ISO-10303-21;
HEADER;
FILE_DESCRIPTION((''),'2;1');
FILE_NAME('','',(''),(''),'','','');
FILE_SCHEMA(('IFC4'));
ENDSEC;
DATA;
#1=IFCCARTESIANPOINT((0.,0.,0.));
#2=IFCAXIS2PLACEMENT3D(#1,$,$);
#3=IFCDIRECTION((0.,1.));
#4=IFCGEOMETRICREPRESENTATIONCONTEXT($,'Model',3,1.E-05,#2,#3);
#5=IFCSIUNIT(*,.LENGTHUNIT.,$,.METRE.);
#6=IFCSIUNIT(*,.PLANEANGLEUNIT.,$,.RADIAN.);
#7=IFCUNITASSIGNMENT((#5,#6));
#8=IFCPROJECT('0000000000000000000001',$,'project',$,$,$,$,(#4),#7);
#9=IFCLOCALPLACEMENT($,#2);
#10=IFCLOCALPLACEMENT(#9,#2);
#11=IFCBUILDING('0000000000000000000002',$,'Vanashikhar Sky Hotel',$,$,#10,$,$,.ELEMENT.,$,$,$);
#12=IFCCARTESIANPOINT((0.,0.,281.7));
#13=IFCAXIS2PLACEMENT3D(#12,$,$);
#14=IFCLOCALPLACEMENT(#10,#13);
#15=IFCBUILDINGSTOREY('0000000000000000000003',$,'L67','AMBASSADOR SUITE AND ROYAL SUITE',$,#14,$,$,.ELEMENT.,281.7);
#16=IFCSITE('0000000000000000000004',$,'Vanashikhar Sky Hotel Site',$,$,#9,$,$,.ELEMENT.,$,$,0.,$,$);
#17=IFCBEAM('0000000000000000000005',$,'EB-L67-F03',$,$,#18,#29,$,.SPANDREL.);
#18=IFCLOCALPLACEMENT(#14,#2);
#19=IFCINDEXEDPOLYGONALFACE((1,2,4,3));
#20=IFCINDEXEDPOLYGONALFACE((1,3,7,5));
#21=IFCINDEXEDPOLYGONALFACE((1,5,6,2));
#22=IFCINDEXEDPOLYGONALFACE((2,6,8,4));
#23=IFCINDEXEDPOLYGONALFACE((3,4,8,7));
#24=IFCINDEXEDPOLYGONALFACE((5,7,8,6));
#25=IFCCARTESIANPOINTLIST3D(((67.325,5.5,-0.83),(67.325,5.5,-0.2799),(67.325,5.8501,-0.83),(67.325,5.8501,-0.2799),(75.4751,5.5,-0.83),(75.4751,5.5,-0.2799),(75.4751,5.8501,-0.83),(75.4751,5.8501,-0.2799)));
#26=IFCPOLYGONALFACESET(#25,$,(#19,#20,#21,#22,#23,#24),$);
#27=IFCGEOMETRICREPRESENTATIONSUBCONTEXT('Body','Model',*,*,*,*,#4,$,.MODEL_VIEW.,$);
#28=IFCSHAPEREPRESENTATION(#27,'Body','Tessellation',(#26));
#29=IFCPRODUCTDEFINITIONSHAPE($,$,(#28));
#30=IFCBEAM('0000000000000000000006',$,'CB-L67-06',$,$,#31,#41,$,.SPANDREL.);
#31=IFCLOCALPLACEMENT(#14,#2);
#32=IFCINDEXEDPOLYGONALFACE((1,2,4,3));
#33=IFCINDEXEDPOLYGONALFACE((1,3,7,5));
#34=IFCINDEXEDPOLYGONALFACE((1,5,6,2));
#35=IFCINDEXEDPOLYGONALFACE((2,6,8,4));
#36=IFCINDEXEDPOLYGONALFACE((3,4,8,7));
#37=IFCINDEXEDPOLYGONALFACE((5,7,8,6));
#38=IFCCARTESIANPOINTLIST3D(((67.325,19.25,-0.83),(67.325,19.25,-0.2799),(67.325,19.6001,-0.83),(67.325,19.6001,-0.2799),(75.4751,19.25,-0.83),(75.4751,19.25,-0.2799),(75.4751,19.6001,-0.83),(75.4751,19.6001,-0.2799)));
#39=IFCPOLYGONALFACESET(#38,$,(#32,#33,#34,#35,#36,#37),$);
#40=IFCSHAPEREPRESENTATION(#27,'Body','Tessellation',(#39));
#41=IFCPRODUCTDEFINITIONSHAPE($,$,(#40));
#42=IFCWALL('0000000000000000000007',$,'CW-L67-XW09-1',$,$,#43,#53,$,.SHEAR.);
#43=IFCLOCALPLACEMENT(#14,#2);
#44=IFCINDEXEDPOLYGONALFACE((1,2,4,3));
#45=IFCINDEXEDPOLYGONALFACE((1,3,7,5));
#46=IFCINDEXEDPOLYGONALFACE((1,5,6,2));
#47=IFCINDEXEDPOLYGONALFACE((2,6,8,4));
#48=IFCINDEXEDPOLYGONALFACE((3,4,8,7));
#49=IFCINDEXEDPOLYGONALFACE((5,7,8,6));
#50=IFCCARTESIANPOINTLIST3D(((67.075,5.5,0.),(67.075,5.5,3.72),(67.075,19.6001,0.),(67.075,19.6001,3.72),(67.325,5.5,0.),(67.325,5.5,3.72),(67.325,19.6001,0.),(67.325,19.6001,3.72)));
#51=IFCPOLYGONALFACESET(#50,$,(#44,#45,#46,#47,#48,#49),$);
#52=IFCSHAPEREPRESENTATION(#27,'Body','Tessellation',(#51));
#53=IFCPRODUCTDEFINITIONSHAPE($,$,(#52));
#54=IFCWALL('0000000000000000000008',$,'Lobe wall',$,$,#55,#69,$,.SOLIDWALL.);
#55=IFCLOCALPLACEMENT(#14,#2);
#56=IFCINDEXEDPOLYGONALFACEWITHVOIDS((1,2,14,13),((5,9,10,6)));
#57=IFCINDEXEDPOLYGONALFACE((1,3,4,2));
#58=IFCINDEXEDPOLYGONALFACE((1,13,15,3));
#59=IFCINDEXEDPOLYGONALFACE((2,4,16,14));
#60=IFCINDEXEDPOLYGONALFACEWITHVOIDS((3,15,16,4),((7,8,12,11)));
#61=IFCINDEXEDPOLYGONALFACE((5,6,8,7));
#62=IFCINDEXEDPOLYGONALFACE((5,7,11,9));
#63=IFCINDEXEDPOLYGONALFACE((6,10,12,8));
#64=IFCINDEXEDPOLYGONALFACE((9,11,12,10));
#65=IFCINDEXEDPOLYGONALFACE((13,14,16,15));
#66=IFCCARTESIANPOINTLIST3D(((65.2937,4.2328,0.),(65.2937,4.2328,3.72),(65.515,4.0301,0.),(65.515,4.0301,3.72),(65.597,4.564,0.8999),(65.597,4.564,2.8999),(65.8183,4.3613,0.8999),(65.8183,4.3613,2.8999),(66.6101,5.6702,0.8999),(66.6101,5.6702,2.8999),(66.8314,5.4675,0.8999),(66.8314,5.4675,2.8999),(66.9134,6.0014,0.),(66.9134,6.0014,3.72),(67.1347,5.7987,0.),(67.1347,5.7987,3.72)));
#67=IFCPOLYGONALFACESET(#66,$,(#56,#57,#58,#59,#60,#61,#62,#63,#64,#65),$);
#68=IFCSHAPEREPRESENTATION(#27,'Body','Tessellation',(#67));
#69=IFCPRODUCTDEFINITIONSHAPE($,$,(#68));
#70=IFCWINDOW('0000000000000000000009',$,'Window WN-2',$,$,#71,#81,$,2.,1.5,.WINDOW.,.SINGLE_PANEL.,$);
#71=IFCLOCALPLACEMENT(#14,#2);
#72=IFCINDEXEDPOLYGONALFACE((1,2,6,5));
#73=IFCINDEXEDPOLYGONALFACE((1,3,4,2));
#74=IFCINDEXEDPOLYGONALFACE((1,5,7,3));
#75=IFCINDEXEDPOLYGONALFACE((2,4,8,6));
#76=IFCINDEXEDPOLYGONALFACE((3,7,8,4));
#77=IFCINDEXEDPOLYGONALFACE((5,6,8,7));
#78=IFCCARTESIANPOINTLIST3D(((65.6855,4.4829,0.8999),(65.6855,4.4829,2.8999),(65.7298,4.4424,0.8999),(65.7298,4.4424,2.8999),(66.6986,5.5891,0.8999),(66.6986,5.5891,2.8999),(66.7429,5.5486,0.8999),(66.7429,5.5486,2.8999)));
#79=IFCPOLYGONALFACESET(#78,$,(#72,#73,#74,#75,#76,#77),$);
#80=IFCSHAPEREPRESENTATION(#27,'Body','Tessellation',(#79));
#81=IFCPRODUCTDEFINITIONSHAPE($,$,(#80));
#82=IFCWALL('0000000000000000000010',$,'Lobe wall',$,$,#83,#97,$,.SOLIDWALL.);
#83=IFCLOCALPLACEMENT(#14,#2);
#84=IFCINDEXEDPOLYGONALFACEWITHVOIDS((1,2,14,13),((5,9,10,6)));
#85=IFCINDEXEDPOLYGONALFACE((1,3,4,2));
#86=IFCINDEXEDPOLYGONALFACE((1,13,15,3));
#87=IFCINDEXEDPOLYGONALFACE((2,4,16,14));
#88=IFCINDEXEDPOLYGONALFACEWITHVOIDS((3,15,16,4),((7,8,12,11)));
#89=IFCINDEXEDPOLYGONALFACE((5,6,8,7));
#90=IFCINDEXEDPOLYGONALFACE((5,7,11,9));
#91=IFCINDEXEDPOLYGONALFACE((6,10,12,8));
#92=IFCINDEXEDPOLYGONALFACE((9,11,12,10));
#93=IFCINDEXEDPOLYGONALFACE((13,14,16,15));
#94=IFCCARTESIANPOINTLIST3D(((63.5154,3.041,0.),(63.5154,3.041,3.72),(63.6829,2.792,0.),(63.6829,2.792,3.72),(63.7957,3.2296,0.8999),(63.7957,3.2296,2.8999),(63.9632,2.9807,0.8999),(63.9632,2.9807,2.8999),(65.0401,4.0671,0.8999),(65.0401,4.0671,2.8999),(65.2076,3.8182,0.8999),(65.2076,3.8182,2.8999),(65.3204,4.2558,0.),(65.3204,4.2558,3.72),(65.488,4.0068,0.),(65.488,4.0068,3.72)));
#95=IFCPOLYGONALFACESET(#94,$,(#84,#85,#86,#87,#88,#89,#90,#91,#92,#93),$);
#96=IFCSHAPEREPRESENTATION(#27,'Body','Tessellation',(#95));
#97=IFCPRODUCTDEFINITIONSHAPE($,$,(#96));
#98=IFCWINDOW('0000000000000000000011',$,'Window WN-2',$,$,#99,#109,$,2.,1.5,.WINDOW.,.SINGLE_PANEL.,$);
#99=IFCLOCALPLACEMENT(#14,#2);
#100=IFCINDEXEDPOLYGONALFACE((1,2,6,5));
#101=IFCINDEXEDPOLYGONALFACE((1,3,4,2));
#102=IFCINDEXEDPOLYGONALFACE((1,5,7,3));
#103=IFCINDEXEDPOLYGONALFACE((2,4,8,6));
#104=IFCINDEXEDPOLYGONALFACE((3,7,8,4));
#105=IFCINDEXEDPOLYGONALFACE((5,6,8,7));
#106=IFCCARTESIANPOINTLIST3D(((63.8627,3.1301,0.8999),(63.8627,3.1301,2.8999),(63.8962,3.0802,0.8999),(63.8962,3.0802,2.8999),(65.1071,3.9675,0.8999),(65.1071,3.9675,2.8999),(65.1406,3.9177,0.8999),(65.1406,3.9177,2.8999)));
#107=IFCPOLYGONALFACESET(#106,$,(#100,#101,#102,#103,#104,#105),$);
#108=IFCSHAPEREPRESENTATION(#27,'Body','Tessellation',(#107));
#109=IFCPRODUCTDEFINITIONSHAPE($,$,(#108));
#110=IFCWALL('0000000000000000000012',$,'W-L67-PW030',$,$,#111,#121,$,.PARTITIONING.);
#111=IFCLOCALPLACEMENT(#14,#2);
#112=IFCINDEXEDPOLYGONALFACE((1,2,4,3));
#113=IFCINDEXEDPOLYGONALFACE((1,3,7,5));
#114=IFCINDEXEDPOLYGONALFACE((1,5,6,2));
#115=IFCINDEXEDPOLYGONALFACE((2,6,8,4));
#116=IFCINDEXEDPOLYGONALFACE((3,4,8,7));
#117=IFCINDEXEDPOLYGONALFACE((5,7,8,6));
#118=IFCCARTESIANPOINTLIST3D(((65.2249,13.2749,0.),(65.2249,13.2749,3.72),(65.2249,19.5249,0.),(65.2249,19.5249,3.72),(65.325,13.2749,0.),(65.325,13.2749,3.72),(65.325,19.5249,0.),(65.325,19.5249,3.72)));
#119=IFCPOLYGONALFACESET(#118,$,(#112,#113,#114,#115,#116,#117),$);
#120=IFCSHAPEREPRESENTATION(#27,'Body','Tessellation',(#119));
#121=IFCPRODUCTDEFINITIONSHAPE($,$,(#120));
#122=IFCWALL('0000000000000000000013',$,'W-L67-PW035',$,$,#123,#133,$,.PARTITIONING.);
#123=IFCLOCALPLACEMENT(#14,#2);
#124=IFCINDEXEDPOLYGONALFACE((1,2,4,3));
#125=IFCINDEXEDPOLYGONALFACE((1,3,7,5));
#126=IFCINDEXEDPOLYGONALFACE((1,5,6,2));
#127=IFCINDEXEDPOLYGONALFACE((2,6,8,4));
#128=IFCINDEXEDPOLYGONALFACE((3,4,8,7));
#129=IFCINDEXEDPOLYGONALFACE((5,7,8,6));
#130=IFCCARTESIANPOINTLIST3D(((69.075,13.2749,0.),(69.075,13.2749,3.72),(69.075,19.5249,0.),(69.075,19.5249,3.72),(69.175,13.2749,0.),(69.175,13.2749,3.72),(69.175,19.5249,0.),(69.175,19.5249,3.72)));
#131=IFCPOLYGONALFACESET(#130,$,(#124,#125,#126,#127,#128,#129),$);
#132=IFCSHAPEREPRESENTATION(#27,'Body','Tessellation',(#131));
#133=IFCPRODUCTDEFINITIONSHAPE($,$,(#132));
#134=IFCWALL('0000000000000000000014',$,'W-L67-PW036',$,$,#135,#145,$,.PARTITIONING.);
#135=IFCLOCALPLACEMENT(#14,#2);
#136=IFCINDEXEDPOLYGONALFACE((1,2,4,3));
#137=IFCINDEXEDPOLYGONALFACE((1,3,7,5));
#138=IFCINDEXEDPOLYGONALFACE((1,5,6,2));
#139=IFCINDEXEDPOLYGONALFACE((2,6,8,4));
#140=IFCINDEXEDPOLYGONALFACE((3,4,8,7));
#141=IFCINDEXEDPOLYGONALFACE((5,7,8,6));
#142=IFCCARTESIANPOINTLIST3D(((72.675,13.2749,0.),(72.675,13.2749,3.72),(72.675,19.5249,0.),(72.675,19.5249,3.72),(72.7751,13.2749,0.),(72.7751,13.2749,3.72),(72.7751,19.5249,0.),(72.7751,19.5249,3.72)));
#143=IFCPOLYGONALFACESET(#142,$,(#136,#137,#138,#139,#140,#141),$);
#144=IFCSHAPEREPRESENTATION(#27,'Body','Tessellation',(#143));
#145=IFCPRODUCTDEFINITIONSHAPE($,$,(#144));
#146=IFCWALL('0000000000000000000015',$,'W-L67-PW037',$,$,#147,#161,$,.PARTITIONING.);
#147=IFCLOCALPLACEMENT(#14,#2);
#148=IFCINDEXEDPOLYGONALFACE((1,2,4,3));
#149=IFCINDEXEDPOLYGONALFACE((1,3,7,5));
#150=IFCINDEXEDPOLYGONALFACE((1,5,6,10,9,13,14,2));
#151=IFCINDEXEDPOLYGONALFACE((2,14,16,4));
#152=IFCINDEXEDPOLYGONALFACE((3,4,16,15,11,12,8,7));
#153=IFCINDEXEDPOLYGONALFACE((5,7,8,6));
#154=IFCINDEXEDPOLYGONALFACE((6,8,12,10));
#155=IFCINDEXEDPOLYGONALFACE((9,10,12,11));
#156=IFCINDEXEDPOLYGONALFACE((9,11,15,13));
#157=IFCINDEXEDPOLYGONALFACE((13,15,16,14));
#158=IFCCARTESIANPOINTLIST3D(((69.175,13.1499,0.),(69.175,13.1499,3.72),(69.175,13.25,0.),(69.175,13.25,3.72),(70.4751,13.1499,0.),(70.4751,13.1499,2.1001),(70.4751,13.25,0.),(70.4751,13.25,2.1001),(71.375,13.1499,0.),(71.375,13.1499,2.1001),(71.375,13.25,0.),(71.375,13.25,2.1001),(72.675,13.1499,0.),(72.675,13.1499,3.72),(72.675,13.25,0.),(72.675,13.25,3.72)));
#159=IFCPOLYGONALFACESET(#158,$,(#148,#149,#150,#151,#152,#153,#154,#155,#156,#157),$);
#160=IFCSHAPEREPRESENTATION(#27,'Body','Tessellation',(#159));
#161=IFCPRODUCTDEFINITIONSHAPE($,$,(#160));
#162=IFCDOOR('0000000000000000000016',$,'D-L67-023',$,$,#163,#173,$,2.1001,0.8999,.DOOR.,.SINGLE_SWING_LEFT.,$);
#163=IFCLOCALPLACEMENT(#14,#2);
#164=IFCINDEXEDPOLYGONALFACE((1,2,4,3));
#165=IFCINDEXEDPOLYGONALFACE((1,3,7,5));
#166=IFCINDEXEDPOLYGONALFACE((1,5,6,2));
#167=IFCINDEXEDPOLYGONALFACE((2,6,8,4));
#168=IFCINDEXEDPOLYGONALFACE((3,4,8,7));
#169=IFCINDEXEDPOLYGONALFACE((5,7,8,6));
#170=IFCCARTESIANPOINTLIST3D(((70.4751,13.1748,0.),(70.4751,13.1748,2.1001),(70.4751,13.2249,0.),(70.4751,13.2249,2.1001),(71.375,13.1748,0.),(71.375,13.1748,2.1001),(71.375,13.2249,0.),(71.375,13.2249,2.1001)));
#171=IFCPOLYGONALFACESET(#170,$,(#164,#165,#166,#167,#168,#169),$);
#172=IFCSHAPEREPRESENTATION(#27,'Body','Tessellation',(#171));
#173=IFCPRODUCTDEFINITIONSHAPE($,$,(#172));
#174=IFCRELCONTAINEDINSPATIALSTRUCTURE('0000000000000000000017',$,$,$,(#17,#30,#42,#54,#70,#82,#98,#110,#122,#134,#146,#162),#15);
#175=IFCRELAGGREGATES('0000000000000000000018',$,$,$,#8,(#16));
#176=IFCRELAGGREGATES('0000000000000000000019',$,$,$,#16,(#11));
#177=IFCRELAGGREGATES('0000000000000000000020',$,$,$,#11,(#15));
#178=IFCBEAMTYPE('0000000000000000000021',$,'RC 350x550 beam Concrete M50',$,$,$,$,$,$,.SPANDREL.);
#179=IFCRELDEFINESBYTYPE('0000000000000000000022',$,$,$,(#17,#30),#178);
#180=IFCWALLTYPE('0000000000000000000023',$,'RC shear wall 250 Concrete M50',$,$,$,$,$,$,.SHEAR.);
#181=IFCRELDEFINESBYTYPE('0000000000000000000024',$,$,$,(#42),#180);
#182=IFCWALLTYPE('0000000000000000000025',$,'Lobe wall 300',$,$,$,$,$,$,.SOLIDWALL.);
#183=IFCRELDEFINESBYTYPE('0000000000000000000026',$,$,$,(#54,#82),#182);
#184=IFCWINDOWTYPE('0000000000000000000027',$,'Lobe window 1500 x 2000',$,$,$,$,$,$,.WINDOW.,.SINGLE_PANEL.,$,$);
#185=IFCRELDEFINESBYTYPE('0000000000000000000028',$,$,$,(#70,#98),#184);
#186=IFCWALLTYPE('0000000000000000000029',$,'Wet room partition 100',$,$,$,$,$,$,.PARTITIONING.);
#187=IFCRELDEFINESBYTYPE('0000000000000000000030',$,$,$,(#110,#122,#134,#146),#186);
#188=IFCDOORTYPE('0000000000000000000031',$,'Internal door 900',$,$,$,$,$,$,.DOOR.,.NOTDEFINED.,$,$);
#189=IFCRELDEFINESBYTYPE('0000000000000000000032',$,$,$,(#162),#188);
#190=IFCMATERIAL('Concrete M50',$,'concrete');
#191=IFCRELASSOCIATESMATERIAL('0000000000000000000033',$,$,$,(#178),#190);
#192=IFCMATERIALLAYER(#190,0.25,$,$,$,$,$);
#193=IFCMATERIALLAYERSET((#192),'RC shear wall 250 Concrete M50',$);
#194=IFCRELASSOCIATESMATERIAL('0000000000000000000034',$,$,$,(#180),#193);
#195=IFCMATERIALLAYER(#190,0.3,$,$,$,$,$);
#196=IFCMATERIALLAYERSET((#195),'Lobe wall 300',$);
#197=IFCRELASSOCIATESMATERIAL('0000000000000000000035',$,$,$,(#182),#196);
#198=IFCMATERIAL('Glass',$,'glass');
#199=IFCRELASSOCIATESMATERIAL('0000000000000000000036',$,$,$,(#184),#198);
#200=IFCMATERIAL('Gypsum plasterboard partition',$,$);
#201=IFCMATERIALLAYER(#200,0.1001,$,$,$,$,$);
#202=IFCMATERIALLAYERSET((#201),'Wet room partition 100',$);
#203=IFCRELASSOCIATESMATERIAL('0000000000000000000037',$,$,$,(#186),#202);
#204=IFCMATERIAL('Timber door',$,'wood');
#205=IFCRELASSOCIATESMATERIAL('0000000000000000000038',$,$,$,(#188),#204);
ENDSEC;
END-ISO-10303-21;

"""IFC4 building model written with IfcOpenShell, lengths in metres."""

from ifc_helpers import new_model, si_unit, direction, frame, frame_2d, origin, origin_2d, place, context, subcontext, project, spatial, rectangle, extrude, source, transform, mapped, material, layer, layer_set, material_profile, profile_set, type_object, element, fill, save


model = new_model("IFC4")

# Units and contexts
model_context = context("Model", 3, precision=1e-05, world=origin(), true_north=direction((0.0, 1.0)))
body_context = subcontext(model_context, "Body", "Model", "MODEL_VIEW")
ifc_project = project(units=[si_unit("LENGTHUNIT", "METRE"), si_unit("PLANEANGLEUNIT", "RADIAN")], contexts=[model_context])

# Site, building, storey
site_placement = place(None, origin())
site = spatial("IfcSite", under=ifc_project, at=site_placement, Name="Vanashikhar Sky Hotel Site", CompositionType="ELEMENT", RefElevation=0.0)
building_placement = place(site_placement, origin())
building = spatial("IfcBuilding", under=site, at=building_placement, Name="Vanashikhar Sky Hotel", CompositionType="ELEMENT")
storey_placement = place(building_placement, frame((0.0, 0.0, 281.7)))
storey = spatial("IfcBuildingStorey", under=building, at=storey_placement, Name="L67", Description="AMBASSADOR SUITE AND ROYAL SUITE", CompositionType="ELEMENT", Elevation=281.7)

# Beams
ifc_material_1 = material(Name="Concrete M50", Category="concrete")
ifc_material_profile_1 = material_profile(ifc_material_1, rectangle(XDim=0.3501, YDim=0.55, at=origin_2d()))
ifc_profile_set_1 = profile_set([ifc_material_profile_1], Name="RC 350x550 beam Concrete M50")
beam_type = type_object("IfcBeamType", Name="RC 350x550 beam Concrete M50", PredefinedType="SPANDREL", material=ifc_profile_set_1)
shared_shape_1 = source(origin(), body_context, "Body", "SweptSolid", [
    extrude(rectangle(XDim=0.3501, YDim=0.55, at=origin_2d()), origin(), (0.0, 0.0, 1.0), 8.1501),
])
for number, where, z_axis, x_axis, name in (
    (1, (67.325, 5.675, -0.5549), (1.0, 0.0, 0.0), (0.0, 1.0, 0.0), "EB-L67-F03"),
    (2, (67.325, 19.425, -0.5549), (1.0, 0.0, 0.0), (0.0, 1.0, 0.0), "CB-L67-06"),
):
    element("IfcBeam", number, at=place(storey_placement, frame(where, z_axis=z_axis, x_axis=x_axis)), inside=storey, type_object=beam_type, Name=name, PredefinedType="SPANDREL", context=body_context, shape_type="MappedRepresentation", body=[
        mapped(shared_shape_1, transform((0.0, 0.0, 0.0), scale=1.0)),
    ])

# Wall
ifc_layer_1 = layer(ifc_material_1, 0.25)
ifc_layer_set_1 = layer_set([ifc_layer_1], Name="RC shear wall 250 Concrete M50")
wall_type_1 = type_object("IfcWallType", Name="RC shear wall 250 Concrete M50", PredefinedType="SHEAR", material=ifc_layer_set_1)
shared_shape_2 = source(origin(), body_context, "Body", "SweptSolid", [
    extrude(rectangle(XDim=14.1001, YDim=0.25, at=frame_2d((7.05, 0.0))), origin(), (0.0, 0.0, 1.0), 3.72),
])
wall_1_placement = place(storey_placement, frame((67.2, 5.5, 0.0), z_axis=(0.0, 0.0, 1.0), x_axis=(0.0, 1.0, 0.0)))
element("IfcWall", 3, at=wall_1_placement, inside=storey, type_object=wall_type_1, Name="CW-L67-XW09-1", PredefinedType="SHEAR", context=body_context, shape_type="MappedRepresentation", body=[
    mapped(shared_shape_2, transform((0.0, 0.0, 0.0), scale=1.0)),
])

# Shared definitions
ifc_material_2 = material(Name="Glass", Category="glass")

# Walls, openings, windows
ifc_layer_2 = layer(ifc_material_1, 0.3)
ifc_layer_set_2 = layer_set([ifc_layer_2], Name="Lobe wall 300")
wall_type_2 = type_object("IfcWallType", Name="Lobe wall 300", PredefinedType="SOLIDWALL", material=ifc_layer_set_2)
shared_shape_3 = source(origin(), body_context, "Body", "SweptSolid", [
    extrude(rectangle(XDim=2.3982, YDim=0.3, at=frame_2d((1.1992, 0.0))), origin(), (0.0, 0.0, 1.0), 3.72),
])
wall_2_placement = place(storey_placement, frame((65.4043, 4.1313, 0.0), z_axis=(0.0, 0.0, 1.0), x_axis=(0.675374, 0.737475, 0.0)))
wall_2 = element("IfcWall", 4, at=wall_2_placement, inside=storey, type_object=wall_type_2, Name="Lobe wall", PredefinedType="SOLIDWALL", context=body_context, shape_type="MappedRepresentation", body=[
    mapped(shared_shape_3, transform((0.0, 0.0, 0.0), scale=1.0)),
])
shared_shape_4 = source(origin(), body_context, "Body", "SweptSolid", [
    extrude(rectangle(XDim=1.5, YDim=2.0, at=frame_2d((0.75, 1.0))), frame((0.0, 0.1602, 0.0), z_axis=(0.0, -1.0, 0.0), x_axis=(1.0, 0.0, 0.0)), (0.0, 0.0, 1.0), 0.3201),
])
opening_1_placement = place(wall_2_placement, frame((0.4492, 0.0, 0.8999)))
opening_1 = element("IfcOpeningElement", 5, at=opening_1_placement, cuts=wall_2, PredefinedType="OPENING", context=body_context, shape_type="MappedRepresentation", body=[
    mapped(shared_shape_4, transform((0.0, 0.0, 0.0), scale=1.0)),
])
window_type_1 = type_object("IfcWindowType", Name="Lobe window 1500 x 2000", PartitioningType="SINGLE_PANEL", PredefinedType="WINDOW", material=ifc_material_2)
shared_shape_5 = source(origin(), body_context, "Body", "SweptSolid", [
    extrude(rectangle(XDim=1.5, YDim=2.0, at=frame_2d((0.75, 1.0))), frame((0.0, 0.03, 0.0), z_axis=(0.0, -1.0, 0.0), x_axis=(1.0, 0.0, 0.0)), (0.0, 0.0, 1.0), 0.0601),
])
window_1_placement = place(opening_1_placement, origin())
window_1 = element("IfcWindow", 6, at=window_1_placement, inside=storey, type_object=window_type_1, Name="Window WN-2", OverallHeight=2.0, OverallWidth=1.5, PartitioningType="SINGLE_PANEL", PredefinedType="WINDOW", context=body_context, shape_type="MappedRepresentation", body=[
    mapped(shared_shape_5, transform((0.0, 0.0, 0.0), scale=1.0)),
])
fill(opening_1, window_1)
shared_shape_6 = source(origin(), body_context, "Body", "SweptSolid", [
    extrude(rectangle(XDim=2.1758, YDim=0.3, at=frame_2d((1.0879, 0.0))), origin(), (0.0, 0.0, 1.0), 3.72),
])
wall_3_placement = place(storey_placement, frame((63.5991, 2.9165, 0.0), z_axis=(0.0, 0.0, 1.0), x_axis=(0.829626, 0.55832, 0.0)))
wall_3 = element("IfcWall", 7, at=wall_3_placement, inside=storey, type_object=wall_type_2, Name="Lobe wall", PredefinedType="SOLIDWALL", context=body_context, shape_type="MappedRepresentation", body=[
    mapped(shared_shape_6, transform((0.0, 0.0, 0.0), scale=1.0)),
])
opening_2_placement = place(wall_3_placement, frame((0.3379, 0.0, 0.8999)))
opening_2 = element("IfcOpeningElement", 8, at=opening_2_placement, cuts=wall_3, PredefinedType="OPENING", context=body_context, shape_type="MappedRepresentation", body=[
    mapped(shared_shape_4, transform((0.0, 0.0, 0.0), scale=1.0)),
])
window_2_placement = place(opening_2_placement, origin())
window_2 = element("IfcWindow", 9, at=window_2_placement, inside=storey, type_object=window_type_1, Name="Window WN-2", OverallHeight=2.0, OverallWidth=1.5, PartitioningType="SINGLE_PANEL", PredefinedType="WINDOW", context=body_context, shape_type="MappedRepresentation", body=[
    mapped(shared_shape_5, transform((0.0, 0.0, 0.0), scale=1.0)),
])
fill(opening_2, window_2)

# Walls
ifc_material_3 = material(Name="Gypsum plasterboard partition")
ifc_layer_3 = layer(ifc_material_3, 0.1001)
ifc_layer_set_3 = layer_set([ifc_layer_3], Name="Wet room partition 100")
wall_type_3 = type_object("IfcWallType", Name="Wet room partition 100", PredefinedType="PARTITIONING", material=ifc_layer_set_3)
shared_shape_7 = source(origin(), body_context, "Body", "SweptSolid", [
    extrude(rectangle(XDim=6.25, YDim=0.1001, at=frame_2d((3.125, 0.0))), origin(), (0.0, 0.0, 1.0), 3.72),
])
for number, where, z_axis, x_axis, name in (
    (10, (65.2749, 13.2749, 0.0), (0.0, 0.0, 1.0), (0.0, 1.0, 0.0), "W-L67-PW030"),
    (11, (69.125, 13.2749, 0.0), (0.0, 0.0, 1.0), (0.0, 1.0, 0.0), "W-L67-PW035"),
    (12, (72.7251, 13.2749, 0.0), (0.0, 0.0, 1.0), (0.0, 1.0, 0.0), "W-L67-PW036"),
):
    element("IfcWall", number, at=place(storey_placement, frame(where, z_axis=z_axis, x_axis=x_axis)), inside=storey, type_object=wall_type_3, Name=name, PredefinedType="PARTITIONING", context=body_context, shape_type="MappedRepresentation", body=[
        mapped(shared_shape_7, transform((0.0, 0.0, 0.0), scale=1.0)),
    ])

# Wall, opening, door
shared_shape_8 = source(origin(), body_context, "Body", "SweptSolid", [
    extrude(rectangle(XDim=3.5, YDim=0.1001, at=frame_2d((1.75, 0.0))), origin(), (0.0, 0.0, 1.0), 3.72),
])
wall_4_placement = place(storey_placement, frame((69.175, 13.2, 0.0), z_axis=(0.0, 0.0, 1.0), x_axis=(1.0, 0.0, 0.0)))
wall_4 = element("IfcWall", 13, at=wall_4_placement, inside=storey, type_object=wall_type_3, Name="W-L67-PW037", PredefinedType="PARTITIONING", context=body_context, shape_type="MappedRepresentation", body=[
    mapped(shared_shape_8, transform((0.0, 0.0, 0.0), scale=1.0)),
])
shared_shape_9 = source(origin(), body_context, "Body", "SweptSolid", [
    extrude(rectangle(XDim=0.8999, YDim=2.1001, at=frame_2d((0.45, 1.05))), frame((0.0, 0.0601, 0.0), z_axis=(0.0, -1.0, 0.0), x_axis=(1.0, 0.0, 0.0)), (0.0, 0.0, 1.0), 0.1201),
])
opening_3_placement = place(wall_4_placement, frame((1.3, 0.0, 0.0)))
opening_3 = element("IfcOpeningElement", 14, at=opening_3_placement, cuts=wall_4, PredefinedType="OPENING", context=body_context, shape_type="MappedRepresentation", body=[
    mapped(shared_shape_9, transform((0.0, 0.0, 0.0), scale=1.0)),
])
ifc_material_4 = material(Name="Timber door", Category="wood")
door_type_1 = type_object("IfcDoorType", Name="Internal door 900", OperationType="NOTDEFINED", PredefinedType="DOOR", material=ifc_material_4)
shared_shape_10 = source(origin(), body_context, "Body", "SweptSolid", [
    extrude(rectangle(XDim=0.8999, YDim=2.1001, at=frame_2d((0.45, 1.05))), frame((0.0, 0.0249, 0.0), z_axis=(0.0, -1.0, 0.0), x_axis=(1.0, 0.0, 0.0)), (0.0, 0.0, 1.0), 0.05),
])
door_1_placement = place(opening_3_placement, origin())
door_1 = element("IfcDoor", 15, at=door_1_placement, inside=storey, type_object=door_type_1, Name="D-L67-023", OperationType="SINGLE_SWING_LEFT", OverallHeight=2.1001, OverallWidth=0.8999, PredefinedType="DOOR", context=body_context, shape_type="MappedRepresentation", body=[
    mapped(shared_shape_10, transform((0.0, 0.0, 0.0), scale=1.0)),
])
fill(opening_3, door_1)

save(model, "model.ifc")
